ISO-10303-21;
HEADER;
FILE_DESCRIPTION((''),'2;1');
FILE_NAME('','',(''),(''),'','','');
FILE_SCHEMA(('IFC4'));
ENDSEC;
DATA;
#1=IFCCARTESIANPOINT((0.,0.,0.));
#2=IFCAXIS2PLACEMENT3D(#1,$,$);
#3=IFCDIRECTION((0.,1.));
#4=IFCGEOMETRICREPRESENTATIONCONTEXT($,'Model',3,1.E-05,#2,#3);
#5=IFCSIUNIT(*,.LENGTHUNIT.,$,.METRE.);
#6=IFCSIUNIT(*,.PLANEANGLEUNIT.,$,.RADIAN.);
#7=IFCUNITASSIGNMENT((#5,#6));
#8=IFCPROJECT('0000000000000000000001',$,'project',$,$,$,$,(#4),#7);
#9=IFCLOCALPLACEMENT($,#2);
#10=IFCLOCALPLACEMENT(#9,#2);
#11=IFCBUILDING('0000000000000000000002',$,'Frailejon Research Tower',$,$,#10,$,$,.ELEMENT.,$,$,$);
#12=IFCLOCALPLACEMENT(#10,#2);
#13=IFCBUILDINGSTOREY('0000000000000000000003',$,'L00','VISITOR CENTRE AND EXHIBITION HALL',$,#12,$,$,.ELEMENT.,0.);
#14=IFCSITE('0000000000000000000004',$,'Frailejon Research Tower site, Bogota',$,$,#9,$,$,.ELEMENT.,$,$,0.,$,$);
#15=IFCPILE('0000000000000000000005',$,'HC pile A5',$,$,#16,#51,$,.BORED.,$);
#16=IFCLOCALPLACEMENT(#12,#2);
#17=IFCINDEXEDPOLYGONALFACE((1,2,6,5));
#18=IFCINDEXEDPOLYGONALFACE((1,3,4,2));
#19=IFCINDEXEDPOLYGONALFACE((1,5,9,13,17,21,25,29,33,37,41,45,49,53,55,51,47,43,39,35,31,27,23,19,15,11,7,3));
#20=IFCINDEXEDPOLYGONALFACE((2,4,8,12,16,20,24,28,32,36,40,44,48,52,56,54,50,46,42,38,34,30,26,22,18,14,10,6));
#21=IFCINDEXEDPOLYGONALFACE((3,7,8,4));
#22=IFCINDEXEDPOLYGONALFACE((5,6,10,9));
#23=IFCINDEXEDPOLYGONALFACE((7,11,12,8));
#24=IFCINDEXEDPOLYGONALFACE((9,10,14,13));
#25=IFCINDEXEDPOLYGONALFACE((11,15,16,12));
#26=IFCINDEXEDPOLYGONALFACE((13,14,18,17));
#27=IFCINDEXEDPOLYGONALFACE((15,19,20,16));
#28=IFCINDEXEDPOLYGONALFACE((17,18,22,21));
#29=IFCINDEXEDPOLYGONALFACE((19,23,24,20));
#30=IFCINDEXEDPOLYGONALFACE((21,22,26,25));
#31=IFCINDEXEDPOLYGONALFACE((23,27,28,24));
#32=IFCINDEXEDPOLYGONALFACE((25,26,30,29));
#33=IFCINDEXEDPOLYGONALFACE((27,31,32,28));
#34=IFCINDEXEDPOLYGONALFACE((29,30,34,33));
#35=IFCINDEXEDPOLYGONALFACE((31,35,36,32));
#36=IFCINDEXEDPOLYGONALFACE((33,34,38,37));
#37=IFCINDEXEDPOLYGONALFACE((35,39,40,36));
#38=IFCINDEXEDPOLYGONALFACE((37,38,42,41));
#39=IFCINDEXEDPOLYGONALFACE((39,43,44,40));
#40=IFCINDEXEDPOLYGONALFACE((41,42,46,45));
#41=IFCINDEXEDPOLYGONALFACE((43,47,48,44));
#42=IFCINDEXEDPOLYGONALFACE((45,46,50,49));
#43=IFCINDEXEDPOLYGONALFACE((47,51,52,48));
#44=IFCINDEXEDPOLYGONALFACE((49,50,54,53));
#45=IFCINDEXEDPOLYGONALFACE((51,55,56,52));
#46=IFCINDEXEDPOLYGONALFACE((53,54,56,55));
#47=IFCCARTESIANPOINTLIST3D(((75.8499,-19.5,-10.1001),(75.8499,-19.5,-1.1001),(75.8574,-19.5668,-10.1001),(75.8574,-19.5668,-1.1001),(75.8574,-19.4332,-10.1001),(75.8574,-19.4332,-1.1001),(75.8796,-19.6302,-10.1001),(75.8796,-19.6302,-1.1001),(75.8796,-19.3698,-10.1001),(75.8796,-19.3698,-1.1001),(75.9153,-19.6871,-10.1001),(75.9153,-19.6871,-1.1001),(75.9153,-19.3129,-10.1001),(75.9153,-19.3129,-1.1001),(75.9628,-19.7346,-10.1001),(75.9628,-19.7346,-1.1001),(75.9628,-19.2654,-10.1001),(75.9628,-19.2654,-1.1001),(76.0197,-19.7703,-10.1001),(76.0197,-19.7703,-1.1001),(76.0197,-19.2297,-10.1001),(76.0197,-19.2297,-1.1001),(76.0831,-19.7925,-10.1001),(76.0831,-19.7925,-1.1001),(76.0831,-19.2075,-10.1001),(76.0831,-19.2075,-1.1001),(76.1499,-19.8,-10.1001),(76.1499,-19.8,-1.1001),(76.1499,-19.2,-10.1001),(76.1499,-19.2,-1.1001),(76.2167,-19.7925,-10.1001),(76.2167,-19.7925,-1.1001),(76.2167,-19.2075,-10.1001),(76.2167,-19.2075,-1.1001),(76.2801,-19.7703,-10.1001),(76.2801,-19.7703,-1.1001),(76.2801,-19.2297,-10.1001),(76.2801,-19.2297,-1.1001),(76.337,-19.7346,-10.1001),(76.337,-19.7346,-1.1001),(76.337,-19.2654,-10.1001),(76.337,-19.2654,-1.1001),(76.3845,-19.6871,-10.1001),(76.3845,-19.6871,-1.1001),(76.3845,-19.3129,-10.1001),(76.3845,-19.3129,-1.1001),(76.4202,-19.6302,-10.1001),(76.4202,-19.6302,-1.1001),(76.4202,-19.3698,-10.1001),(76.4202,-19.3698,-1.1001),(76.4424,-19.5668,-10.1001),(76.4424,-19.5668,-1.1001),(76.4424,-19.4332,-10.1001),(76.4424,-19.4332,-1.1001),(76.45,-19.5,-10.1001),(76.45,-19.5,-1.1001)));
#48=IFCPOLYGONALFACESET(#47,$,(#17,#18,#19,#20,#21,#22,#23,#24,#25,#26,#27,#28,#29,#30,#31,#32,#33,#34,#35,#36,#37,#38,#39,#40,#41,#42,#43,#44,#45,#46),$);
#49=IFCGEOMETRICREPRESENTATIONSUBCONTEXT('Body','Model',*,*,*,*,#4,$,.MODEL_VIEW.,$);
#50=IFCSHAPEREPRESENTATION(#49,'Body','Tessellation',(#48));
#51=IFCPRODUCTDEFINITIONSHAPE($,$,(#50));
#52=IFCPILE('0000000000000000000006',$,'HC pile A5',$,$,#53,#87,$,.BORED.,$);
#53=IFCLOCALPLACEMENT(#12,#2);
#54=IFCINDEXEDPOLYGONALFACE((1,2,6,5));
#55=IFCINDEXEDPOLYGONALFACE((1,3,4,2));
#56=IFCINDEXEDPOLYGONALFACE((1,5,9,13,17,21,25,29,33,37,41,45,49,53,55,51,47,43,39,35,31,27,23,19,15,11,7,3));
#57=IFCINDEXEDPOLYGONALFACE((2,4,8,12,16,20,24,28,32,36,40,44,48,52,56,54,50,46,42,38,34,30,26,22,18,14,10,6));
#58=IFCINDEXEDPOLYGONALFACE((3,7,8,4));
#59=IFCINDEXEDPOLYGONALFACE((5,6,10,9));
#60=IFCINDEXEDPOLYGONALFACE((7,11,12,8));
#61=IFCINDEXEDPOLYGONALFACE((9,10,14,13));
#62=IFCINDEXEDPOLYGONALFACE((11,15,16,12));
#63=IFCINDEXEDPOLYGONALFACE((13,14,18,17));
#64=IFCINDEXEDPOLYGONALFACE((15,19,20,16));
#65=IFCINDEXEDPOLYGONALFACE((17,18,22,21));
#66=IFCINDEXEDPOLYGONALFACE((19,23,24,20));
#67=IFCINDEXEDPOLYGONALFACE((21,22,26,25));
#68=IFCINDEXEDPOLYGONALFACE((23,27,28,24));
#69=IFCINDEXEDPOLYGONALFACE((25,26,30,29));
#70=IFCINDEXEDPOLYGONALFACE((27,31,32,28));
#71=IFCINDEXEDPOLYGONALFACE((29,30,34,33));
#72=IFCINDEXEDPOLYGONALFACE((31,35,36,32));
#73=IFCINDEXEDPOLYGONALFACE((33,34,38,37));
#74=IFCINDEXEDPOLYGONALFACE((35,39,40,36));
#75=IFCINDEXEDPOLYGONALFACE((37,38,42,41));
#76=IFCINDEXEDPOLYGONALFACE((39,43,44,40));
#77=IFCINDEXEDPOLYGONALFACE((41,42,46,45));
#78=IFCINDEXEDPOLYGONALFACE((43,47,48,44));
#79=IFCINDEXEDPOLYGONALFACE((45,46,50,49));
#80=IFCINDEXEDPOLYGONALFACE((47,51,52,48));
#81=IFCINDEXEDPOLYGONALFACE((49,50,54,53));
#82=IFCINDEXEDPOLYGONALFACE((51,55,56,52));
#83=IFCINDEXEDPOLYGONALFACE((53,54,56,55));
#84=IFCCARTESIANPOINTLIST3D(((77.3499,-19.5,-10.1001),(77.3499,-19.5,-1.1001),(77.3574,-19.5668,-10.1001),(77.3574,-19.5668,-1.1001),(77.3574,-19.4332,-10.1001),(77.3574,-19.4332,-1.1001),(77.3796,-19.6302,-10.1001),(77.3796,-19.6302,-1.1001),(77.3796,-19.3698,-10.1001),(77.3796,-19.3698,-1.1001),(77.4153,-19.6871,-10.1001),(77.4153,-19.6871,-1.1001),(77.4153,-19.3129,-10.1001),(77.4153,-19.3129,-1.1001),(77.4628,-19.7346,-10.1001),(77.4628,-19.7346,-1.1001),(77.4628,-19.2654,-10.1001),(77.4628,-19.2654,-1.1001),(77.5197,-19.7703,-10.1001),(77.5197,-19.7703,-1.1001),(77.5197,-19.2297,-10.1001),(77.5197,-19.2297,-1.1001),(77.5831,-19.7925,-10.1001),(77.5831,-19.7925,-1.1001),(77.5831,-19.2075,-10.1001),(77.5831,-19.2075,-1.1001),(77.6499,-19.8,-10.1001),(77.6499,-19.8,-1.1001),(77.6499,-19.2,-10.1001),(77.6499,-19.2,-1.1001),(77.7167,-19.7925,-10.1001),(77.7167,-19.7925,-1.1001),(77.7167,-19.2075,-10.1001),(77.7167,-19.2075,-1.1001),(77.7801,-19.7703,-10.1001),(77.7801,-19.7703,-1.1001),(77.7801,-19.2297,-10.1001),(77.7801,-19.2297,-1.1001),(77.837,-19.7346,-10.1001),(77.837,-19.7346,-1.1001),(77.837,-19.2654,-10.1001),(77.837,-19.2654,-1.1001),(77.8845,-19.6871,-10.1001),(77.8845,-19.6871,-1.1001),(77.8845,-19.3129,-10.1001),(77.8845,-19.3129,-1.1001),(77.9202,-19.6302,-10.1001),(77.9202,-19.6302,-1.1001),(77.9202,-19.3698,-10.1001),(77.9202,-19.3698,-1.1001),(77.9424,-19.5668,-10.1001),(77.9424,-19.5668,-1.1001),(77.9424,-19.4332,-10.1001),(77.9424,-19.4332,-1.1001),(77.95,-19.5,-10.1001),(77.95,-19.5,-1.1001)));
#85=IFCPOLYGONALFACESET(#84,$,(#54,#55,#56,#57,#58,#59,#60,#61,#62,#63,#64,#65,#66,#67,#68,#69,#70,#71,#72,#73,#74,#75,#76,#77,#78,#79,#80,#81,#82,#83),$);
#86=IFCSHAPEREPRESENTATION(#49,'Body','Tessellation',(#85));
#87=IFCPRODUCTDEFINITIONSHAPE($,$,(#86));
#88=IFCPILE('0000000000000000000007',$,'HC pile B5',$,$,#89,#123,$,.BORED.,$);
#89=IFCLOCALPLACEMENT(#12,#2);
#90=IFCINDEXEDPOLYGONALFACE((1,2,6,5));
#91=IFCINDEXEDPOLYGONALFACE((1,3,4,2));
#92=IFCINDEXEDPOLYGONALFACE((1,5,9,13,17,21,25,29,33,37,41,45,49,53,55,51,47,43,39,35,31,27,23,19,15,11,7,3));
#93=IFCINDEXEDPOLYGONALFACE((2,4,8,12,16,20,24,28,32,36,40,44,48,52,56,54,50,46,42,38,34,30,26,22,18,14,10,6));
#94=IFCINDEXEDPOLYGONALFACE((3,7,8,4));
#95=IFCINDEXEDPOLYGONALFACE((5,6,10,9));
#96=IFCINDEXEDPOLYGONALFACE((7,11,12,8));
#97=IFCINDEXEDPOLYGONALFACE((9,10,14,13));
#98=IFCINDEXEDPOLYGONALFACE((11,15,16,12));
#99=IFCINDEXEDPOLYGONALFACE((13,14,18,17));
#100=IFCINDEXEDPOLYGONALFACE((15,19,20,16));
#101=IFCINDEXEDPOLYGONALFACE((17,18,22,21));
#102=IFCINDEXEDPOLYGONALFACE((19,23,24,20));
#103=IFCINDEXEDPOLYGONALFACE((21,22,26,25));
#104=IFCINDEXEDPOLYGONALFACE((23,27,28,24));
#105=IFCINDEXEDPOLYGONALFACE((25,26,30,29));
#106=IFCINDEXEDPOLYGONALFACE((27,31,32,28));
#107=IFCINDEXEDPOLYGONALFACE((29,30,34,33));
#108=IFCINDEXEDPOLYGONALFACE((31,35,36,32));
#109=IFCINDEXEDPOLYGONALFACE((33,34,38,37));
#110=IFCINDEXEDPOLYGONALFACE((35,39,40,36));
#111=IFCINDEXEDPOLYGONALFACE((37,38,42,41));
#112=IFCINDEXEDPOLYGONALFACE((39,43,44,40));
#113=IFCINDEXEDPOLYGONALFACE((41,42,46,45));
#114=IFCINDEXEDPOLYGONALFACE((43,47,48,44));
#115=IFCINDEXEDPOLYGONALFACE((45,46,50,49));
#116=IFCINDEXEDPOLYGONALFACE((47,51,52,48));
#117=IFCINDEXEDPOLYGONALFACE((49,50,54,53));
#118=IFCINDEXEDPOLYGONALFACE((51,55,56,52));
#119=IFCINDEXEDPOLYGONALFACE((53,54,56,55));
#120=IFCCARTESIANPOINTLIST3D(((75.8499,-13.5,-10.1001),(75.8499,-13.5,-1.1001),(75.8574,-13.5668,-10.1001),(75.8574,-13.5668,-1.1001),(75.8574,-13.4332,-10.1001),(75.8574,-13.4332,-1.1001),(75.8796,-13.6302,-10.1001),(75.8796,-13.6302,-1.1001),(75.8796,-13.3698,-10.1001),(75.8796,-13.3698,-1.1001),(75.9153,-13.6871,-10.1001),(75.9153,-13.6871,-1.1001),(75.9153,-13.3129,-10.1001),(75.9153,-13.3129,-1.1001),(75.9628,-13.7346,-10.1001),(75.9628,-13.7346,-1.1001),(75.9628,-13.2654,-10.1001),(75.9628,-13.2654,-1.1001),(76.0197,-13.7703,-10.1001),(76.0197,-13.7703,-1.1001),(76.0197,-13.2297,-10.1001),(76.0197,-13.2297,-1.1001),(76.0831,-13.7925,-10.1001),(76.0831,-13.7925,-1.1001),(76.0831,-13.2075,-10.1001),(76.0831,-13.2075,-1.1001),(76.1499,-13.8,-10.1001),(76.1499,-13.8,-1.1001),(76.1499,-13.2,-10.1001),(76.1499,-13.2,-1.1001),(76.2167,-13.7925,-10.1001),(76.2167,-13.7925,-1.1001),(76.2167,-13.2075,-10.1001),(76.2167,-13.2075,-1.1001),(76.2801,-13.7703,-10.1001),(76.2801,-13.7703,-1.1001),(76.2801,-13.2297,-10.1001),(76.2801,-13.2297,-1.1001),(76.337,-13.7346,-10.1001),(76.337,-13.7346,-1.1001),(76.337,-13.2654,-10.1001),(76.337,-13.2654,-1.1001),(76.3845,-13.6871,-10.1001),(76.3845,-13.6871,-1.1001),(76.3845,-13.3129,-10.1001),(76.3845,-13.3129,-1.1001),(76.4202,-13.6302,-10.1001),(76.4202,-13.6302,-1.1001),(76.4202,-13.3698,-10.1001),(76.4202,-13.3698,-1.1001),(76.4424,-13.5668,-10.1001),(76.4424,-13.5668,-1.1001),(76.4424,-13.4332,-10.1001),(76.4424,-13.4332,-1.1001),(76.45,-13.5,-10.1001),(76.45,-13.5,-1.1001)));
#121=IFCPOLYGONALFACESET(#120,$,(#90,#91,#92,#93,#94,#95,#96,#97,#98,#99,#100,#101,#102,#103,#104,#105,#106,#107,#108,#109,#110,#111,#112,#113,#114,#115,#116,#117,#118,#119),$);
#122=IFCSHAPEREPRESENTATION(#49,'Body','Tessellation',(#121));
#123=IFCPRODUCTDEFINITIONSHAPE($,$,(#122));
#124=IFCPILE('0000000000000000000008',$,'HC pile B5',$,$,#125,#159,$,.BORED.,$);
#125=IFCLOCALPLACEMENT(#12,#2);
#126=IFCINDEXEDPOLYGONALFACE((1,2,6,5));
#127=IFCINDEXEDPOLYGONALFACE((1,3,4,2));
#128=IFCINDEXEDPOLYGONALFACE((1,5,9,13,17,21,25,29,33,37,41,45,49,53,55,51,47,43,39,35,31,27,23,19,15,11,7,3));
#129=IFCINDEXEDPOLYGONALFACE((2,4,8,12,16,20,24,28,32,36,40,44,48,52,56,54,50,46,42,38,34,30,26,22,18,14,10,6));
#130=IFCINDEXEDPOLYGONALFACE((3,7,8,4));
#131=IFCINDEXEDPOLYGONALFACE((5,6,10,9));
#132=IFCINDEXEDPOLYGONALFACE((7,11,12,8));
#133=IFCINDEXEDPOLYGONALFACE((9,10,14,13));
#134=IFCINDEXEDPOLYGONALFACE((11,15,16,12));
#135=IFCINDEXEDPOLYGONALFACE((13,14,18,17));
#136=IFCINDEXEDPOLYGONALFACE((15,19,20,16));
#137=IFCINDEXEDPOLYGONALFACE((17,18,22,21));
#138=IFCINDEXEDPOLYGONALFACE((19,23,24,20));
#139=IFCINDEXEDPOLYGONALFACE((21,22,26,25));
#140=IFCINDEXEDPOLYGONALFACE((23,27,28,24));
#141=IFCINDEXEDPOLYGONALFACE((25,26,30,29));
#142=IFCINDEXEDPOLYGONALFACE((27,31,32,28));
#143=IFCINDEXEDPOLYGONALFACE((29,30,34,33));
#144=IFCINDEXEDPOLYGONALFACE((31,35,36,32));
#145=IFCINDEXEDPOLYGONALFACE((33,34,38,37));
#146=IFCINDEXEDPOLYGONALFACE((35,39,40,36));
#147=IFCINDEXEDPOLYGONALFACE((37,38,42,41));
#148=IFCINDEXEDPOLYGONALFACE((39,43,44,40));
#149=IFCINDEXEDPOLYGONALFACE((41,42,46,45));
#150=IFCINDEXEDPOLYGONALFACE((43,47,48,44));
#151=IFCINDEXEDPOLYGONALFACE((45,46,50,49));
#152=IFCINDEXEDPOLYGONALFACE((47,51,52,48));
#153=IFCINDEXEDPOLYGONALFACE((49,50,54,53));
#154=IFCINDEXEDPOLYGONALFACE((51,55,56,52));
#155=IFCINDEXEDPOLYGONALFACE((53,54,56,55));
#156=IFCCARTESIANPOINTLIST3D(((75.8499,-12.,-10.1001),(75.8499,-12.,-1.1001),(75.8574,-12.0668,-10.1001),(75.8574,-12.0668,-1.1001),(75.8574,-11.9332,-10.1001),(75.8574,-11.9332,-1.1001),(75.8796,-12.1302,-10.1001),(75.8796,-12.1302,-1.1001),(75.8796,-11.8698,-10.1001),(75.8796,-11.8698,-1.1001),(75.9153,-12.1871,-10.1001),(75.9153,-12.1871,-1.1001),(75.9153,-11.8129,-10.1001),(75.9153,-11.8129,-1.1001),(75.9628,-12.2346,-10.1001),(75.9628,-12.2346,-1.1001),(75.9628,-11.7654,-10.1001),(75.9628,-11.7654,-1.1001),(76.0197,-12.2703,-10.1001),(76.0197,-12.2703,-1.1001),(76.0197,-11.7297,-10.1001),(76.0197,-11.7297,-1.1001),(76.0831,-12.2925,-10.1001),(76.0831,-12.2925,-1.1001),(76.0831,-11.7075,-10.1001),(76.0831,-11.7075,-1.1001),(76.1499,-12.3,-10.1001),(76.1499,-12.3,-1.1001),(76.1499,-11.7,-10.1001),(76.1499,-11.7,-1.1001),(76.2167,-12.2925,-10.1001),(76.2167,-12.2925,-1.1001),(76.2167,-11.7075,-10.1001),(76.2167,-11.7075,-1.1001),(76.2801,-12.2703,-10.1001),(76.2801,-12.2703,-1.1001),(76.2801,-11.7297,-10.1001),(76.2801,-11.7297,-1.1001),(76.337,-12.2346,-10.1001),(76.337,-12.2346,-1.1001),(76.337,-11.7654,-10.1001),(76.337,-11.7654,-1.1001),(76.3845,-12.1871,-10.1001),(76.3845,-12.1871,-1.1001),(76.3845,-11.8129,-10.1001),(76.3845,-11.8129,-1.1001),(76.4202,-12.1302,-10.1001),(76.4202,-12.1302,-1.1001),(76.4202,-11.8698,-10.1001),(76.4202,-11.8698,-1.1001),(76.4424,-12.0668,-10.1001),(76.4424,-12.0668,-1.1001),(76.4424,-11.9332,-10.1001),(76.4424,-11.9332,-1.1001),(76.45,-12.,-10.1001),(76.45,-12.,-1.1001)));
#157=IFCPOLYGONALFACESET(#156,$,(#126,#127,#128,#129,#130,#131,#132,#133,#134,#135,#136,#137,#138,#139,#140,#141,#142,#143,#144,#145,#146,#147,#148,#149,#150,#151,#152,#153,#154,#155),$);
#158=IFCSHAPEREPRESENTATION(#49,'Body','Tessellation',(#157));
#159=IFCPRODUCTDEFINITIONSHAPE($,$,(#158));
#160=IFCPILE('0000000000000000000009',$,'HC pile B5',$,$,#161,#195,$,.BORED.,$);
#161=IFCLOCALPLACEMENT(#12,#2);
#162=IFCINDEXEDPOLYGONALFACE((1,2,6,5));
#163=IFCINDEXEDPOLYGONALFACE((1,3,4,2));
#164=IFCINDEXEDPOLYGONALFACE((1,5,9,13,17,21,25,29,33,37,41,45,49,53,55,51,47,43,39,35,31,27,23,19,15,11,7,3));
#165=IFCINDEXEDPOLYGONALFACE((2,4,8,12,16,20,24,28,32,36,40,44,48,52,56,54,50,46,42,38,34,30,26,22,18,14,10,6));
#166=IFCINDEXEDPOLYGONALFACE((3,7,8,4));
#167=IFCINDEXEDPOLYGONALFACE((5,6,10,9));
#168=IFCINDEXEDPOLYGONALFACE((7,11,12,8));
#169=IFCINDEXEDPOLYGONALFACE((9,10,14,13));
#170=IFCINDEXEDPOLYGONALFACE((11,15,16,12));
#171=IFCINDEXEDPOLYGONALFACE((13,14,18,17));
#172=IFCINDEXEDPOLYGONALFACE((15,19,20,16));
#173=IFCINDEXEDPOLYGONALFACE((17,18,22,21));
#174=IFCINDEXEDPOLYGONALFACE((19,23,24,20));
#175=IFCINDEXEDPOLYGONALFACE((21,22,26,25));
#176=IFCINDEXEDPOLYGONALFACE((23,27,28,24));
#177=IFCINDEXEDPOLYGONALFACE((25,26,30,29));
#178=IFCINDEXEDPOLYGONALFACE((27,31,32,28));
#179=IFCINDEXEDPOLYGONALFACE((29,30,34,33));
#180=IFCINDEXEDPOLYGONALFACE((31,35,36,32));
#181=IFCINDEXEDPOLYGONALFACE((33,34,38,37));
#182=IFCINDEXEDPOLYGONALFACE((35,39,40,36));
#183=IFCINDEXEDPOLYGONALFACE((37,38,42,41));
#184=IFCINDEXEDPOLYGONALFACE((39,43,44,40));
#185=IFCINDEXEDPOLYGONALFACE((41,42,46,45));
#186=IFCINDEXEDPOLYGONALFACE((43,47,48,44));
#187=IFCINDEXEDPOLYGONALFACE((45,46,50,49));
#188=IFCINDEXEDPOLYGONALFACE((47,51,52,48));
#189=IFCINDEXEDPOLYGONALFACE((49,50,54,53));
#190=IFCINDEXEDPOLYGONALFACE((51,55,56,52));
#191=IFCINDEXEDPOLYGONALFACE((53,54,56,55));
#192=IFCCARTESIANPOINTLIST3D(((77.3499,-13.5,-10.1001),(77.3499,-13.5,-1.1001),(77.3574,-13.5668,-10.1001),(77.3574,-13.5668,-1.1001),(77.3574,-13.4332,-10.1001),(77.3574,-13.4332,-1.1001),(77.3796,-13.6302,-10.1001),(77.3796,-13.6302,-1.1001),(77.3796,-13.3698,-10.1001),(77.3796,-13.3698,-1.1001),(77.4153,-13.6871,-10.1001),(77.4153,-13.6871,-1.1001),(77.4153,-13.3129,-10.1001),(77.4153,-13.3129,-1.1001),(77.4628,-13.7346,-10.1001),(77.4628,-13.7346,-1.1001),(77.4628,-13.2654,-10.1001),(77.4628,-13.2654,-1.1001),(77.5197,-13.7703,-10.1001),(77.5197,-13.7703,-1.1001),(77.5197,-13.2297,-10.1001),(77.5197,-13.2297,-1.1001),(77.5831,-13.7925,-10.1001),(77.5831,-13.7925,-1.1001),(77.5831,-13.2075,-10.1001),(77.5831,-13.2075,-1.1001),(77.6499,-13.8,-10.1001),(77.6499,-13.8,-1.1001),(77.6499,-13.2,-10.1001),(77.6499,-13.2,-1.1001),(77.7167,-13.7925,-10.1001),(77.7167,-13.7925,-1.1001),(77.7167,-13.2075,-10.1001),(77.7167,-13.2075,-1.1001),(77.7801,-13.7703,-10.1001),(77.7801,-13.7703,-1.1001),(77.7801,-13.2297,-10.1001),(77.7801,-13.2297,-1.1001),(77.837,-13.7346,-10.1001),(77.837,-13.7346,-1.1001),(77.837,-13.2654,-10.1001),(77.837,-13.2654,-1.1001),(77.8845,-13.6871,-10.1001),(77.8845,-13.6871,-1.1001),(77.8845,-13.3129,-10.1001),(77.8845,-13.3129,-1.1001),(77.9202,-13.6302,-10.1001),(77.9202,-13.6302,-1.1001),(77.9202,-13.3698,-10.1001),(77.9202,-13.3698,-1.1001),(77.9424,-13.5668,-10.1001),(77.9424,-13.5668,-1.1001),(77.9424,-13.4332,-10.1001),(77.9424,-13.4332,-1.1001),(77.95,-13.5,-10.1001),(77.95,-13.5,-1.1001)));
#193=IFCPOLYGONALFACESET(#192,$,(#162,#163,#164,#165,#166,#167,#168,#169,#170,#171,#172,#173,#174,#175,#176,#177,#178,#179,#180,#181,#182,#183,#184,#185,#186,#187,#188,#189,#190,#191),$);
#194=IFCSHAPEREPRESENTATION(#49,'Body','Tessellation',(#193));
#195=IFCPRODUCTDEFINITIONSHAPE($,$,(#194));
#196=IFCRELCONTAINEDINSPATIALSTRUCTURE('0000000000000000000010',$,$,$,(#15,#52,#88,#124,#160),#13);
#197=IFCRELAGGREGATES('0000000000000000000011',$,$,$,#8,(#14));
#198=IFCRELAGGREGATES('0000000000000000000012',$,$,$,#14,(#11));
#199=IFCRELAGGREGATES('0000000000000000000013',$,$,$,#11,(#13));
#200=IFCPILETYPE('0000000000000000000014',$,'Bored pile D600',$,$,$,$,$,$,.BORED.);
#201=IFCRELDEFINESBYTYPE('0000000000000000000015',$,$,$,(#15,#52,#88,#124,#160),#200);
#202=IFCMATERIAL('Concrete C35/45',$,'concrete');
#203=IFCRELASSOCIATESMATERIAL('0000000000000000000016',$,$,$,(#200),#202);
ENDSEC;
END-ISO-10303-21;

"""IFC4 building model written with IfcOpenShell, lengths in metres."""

from ifc_helpers import new_model, si_unit, direction, frame, origin, origin_2d, place, context, subcontext, project, spatial, circle, extrude, material, material_profile, profile_set, type_object, element, save


model = new_model("IFC4")

# Units and contexts
model_context = context("Model", 3, precision=1e-05, world=origin(), true_north=direction((0.0, 1.0)))
body_context = subcontext(model_context, "Body", "Model", "MODEL_VIEW")
ifc_project = project(units=[si_unit("LENGTHUNIT", "METRE"), si_unit("PLANEANGLEUNIT", "RADIAN")], contexts=[model_context])

# Site, building, storey
site_placement = place(None, origin())
site = spatial("IfcSite", under=ifc_project, at=site_placement, Name="Frailejon Research Tower site, Bogota", CompositionType="ELEMENT", RefElevation=0.0)
building_placement = place(site_placement, origin())
building = spatial("IfcBuilding", under=site, at=building_placement, Name="Frailejon Research Tower", CompositionType="ELEMENT")
storey_placement = place(building_placement, origin())
storey = spatial("IfcBuildingStorey", under=building, at=storey_placement, Name="L00", Description="VISITOR CENTRE AND EXHIBITION HALL", CompositionType="ELEMENT", Elevation=0.0)

# Piles
ifc_material_1 = material(Name="Concrete C35/45", Category="concrete")
ifc_material_profile_1 = material_profile(ifc_material_1, circle(Radius=0.3, at=origin_2d()), Name="Bored pile D600")
ifc_profile_set_1 = profile_set([ifc_material_profile_1], Name="Concrete C35/45")
pile_type = type_object("IfcPileType", Name="Bored pile D600", PredefinedType="BORED", material=ifc_profile_set_1)
for number, where, z_axis, x_axis, name in (
    (1, (76.1499, -19.5, -1.1001), (0.0, 0.0, -1.0), (1.0, 0.0, 0.0), "HC pile A5"),
    (2, (77.6499, -19.5, -1.1001), (0.0, 0.0, -1.0), (1.0, 0.0, 0.0), "HC pile A5"),
    (3, (76.1499, -13.5, -1.1001), (0.0, 0.0, -1.0), (1.0, 0.0, 0.0), "HC pile B5"),
    (4, (76.1499, -12.0, -1.1001), (0.0, 0.0, -1.0), (1.0, 0.0, 0.0), "HC pile B5"),
    (5, (77.6499, -13.5, -1.1001), (0.0, 0.0, -1.0), (1.0, 0.0, 0.0), "HC pile B5"),
):
    element("IfcPile", number, at=place(storey_placement, frame(where, z_axis=z_axis, x_axis=x_axis)), inside=storey, type_object=pile_type, Name=name, PredefinedType="BORED", context=body_context, shape_type="SweptSolid", body=[
        extrude(circle(Radius=0.3, at=origin_2d()), origin(), (0.0, 0.0, 1.0), 9.0),
    ])

save(model, "model.ifc")
